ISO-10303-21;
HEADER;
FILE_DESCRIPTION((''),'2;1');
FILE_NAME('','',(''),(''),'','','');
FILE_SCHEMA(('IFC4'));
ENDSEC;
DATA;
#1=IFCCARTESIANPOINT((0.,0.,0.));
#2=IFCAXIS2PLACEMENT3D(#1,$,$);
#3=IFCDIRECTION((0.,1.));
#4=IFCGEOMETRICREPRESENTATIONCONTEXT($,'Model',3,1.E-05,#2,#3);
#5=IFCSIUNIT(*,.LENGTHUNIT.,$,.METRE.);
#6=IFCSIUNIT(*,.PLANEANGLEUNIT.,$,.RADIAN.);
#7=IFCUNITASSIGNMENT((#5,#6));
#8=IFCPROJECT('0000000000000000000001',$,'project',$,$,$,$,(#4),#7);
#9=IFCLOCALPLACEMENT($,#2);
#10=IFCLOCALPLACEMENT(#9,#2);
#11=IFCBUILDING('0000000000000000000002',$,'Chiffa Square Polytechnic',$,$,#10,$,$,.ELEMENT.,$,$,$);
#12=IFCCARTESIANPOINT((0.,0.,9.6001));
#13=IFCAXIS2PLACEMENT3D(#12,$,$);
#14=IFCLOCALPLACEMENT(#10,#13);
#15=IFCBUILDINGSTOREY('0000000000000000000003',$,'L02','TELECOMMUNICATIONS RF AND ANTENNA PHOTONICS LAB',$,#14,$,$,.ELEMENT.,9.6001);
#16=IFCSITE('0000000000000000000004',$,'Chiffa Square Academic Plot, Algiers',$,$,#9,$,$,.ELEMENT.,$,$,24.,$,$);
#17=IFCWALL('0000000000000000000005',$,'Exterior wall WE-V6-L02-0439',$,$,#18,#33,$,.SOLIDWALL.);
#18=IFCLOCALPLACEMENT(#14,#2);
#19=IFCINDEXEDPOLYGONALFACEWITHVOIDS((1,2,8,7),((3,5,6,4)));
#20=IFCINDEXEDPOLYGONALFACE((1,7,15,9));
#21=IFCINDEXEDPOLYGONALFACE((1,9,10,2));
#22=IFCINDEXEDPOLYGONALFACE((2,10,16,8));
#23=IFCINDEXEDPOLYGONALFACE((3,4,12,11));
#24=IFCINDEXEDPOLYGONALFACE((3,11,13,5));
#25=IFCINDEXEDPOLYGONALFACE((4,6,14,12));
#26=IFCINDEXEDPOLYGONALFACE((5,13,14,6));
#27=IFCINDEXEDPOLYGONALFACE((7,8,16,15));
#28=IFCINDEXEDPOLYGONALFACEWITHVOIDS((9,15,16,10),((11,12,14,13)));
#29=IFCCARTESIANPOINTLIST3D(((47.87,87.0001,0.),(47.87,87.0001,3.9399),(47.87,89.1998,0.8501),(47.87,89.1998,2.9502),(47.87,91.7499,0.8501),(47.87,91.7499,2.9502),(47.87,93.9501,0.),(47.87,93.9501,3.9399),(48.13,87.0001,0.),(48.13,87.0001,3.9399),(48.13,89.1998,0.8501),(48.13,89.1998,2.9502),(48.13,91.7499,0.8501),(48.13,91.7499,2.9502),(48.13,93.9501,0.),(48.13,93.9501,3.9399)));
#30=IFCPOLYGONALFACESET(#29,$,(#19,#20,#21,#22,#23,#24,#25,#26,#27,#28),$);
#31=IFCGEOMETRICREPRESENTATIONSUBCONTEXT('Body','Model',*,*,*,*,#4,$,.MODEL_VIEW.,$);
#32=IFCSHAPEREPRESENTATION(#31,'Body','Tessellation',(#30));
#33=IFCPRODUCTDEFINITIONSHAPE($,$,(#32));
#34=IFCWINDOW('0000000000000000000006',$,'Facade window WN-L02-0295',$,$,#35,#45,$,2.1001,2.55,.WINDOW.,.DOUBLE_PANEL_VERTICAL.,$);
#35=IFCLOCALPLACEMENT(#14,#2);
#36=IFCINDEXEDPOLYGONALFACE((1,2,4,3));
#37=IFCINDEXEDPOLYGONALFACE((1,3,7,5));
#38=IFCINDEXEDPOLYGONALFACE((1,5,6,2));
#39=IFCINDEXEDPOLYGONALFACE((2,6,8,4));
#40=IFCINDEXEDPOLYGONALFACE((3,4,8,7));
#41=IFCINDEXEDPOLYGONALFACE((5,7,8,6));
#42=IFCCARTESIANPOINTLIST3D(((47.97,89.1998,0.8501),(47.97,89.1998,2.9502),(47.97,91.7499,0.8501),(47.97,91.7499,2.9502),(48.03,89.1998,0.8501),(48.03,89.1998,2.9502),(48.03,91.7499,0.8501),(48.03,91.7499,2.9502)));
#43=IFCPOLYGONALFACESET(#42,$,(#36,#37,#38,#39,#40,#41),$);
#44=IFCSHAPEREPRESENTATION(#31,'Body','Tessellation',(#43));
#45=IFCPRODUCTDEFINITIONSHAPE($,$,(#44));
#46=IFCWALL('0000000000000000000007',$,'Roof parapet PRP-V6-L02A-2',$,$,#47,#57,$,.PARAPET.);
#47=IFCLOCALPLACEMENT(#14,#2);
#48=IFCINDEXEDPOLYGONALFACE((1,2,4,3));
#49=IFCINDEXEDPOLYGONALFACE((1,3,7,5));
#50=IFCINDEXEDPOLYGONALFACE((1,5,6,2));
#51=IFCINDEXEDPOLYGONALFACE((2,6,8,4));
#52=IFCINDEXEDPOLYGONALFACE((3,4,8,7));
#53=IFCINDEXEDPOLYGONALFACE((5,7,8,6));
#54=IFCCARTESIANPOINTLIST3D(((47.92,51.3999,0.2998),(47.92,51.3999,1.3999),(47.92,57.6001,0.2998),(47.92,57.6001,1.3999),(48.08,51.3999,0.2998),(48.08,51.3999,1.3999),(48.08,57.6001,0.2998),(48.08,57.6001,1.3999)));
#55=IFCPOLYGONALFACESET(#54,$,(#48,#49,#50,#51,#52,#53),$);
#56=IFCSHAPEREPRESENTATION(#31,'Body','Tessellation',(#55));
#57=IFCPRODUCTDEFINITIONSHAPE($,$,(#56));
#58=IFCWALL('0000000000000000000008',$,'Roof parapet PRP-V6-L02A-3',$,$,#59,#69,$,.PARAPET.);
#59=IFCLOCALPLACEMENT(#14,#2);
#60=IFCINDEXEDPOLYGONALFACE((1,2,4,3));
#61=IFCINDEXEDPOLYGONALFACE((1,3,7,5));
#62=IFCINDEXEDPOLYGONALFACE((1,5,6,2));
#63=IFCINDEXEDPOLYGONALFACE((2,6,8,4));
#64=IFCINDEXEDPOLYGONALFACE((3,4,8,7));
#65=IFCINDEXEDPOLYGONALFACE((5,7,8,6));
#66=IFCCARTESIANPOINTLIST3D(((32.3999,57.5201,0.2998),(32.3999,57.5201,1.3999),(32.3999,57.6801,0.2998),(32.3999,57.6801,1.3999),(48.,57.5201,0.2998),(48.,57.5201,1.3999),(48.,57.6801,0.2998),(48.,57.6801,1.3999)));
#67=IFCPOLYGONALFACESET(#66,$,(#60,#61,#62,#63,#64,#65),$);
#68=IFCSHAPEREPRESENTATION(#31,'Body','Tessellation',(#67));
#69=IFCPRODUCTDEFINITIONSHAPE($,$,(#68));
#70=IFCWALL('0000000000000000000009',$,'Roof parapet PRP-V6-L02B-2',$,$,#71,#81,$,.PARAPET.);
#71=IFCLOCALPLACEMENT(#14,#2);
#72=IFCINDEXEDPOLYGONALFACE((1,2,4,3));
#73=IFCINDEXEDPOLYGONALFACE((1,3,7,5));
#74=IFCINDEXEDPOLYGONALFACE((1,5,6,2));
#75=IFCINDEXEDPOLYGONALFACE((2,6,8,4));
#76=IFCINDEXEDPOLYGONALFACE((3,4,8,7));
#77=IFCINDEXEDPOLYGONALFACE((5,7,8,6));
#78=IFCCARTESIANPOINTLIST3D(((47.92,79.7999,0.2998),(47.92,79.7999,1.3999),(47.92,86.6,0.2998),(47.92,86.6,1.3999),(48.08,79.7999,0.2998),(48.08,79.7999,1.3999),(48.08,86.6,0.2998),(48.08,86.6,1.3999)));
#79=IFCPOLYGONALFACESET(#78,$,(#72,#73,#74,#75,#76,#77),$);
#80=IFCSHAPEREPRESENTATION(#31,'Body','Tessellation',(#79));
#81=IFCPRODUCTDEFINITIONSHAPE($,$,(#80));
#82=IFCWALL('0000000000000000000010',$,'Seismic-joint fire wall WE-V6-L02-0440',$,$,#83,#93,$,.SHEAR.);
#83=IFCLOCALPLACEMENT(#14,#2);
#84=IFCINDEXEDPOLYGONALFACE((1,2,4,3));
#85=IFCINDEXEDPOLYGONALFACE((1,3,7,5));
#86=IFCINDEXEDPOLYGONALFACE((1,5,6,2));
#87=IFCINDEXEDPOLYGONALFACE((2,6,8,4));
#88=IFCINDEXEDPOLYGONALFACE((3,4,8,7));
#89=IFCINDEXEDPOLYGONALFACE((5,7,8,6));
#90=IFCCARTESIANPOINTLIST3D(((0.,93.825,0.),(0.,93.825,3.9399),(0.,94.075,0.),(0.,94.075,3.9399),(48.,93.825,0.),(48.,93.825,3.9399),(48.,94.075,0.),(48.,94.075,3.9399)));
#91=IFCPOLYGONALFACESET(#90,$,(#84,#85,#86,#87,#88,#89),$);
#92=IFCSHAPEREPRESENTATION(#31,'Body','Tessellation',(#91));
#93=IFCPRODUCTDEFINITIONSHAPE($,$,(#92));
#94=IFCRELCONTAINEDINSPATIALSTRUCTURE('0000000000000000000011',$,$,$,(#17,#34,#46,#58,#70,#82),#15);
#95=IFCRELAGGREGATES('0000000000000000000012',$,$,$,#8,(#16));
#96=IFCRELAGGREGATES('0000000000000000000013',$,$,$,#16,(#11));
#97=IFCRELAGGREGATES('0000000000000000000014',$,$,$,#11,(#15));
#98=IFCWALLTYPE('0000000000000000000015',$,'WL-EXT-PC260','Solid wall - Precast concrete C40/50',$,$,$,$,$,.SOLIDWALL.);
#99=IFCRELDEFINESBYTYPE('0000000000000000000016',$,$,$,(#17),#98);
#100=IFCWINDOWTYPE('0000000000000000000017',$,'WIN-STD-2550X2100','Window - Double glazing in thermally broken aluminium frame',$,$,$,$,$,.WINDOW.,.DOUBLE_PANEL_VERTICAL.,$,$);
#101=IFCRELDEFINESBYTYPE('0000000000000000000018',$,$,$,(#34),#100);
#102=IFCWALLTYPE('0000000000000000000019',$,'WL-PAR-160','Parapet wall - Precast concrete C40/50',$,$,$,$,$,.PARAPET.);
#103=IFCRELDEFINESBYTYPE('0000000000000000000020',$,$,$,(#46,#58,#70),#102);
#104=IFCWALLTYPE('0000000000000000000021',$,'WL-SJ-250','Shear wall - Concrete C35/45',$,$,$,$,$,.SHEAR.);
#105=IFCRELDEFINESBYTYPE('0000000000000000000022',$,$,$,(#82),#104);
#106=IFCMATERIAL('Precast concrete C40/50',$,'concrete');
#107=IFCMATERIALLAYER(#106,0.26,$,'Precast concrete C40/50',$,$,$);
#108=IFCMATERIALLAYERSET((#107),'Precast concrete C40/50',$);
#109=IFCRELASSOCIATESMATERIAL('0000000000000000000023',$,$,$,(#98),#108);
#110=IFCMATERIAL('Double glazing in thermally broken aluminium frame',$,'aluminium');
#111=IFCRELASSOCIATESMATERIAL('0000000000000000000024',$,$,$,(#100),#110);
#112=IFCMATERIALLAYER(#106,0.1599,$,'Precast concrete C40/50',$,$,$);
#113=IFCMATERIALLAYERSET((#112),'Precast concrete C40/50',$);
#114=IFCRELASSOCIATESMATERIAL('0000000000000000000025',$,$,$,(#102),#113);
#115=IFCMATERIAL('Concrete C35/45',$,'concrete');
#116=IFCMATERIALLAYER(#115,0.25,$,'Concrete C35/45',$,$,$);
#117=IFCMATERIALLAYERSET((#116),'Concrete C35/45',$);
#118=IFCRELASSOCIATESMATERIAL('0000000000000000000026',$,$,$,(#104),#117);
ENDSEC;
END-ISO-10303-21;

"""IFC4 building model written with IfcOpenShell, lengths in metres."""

from ifc_helpers import new_model, si_unit, direction, frame, frame_2d, origin, place, context, subcontext, project, spatial, rectangle, extrude, material, layer, layer_set, type_object, element, fill, save


model = new_model("IFC4")

# Units and contexts
model_context = context("Model", 3, precision=1e-05, world=origin(), true_north=direction((0.0, 1.0)))
body_context = subcontext(model_context, "Body", "Model", "MODEL_VIEW")
ifc_project = project(units=[si_unit("LENGTHUNIT", "METRE"), si_unit("PLANEANGLEUNIT", "RADIAN")], contexts=[model_context])

# Site, building, storey
site_placement = place(None, origin())
site = spatial("IfcSite", under=ifc_project, at=site_placement, Name="Chiffa Square Academic Plot, Algiers", CompositionType="ELEMENT", RefElevation=24.0)
building_placement = place(site_placement, origin())
building = spatial("IfcBuilding", under=site, at=building_placement, Name="Chiffa Square Polytechnic", CompositionType="ELEMENT")
storey_placement = place(building_placement, frame((0.0, 0.0, 9.6001)))
storey = spatial("IfcBuildingStorey", under=building, at=storey_placement, Name="L02", Description="TELECOMMUNICATIONS RF AND ANTENNA PHOTONICS LAB", CompositionType="ELEMENT", Elevation=9.6001)

# Shared definitions
ifc_material_1 = material(Name="Concrete C35/45", Category="concrete")

# Shared definitions
ifc_material_2 = material(Name="Precast concrete C40/50", Category="concrete")
ifc_layer_1 = layer(ifc_material_2, 0.26, Name="Precast concrete C40/50")
ifc_layer_set_1 = layer_set([ifc_layer_1], Name="Precast concrete C40/50")
wall_type_1 = type_object("IfcWallType", Name="WL-EXT-PC260", Description="Solid wall - Precast concrete C40/50", PredefinedType="SOLIDWALL", material=ifc_layer_set_1)
ifc_material_3 = material(Name="Double glazing in thermally broken aluminium frame", Category="aluminium")

# Wall, opening, window
wall_1_placement = place(storey_placement, frame((48.0, 87.0, 0.0), z_axis=(0.0, 0.0, 1.0), x_axis=(0.0, 1.0, 0.0)))
wall_1 = element("IfcWall", 1, at=wall_1_placement, inside=storey, type_object=wall_type_1, Name="Exterior wall WE-V6-L02-0439", PredefinedType="SOLIDWALL", context=body_context, shape_type="SweptSolid", body=[
    extrude(rectangle(XDim=6.95, YDim=0.26, at=frame_2d((3.4751, 0.0))), origin(), (0.0, 0.0, 1.0), 3.9399),
])
opening_1_placement = place(wall_1_placement, frame((2.2, 0.0, 0.8501)))
opening_1 = element("IfcOpeningElement", 2, at=opening_1_placement, cuts=wall_1, PredefinedType="OPENING", context=body_context, shape_type="SweptSolid", body=[
    extrude(rectangle(XDim=2.55, YDim=2.1001, at=frame_2d((1.2749, 1.05))), frame((0.0, 0.1401, 0.0), z_axis=(0.0, -1.0, 0.0), x_axis=(1.0, 0.0, 0.0)), (0.0, 0.0, 1.0), 0.28),
])
window_type_1 = type_object("IfcWindowType", Name="WIN-STD-2550X2100", Description="Window - Double glazing in thermally broken aluminium frame", PartitioningType="DOUBLE_PANEL_VERTICAL", PredefinedType="WINDOW", material=ifc_material_3)
window_1_placement = place(opening_1_placement, origin())
window_1 = element("IfcWindow", 3, at=window_1_placement, inside=storey, type_object=window_type_1, Name="Facade window WN-L02-0295", OverallHeight=2.1001, OverallWidth=2.55, PartitioningType="DOUBLE_PANEL_VERTICAL", PredefinedType="WINDOW", context=body_context, shape_type="SweptSolid", body=[
    extrude(rectangle(XDim=2.55, YDim=2.1001, at=frame_2d((1.2749, 1.05))), frame((0.0, 0.03, 0.0), z_axis=(0.0, -1.0, 0.0), x_axis=(1.0, 0.0, 0.0)), (0.0, 0.0, 1.0), 0.0601),
])
fill(opening_1, window_1)

# Walls
ifc_layer_2 = layer(ifc_material_2, 0.1599, Name="Precast concrete C40/50")
ifc_layer_set_2 = layer_set([ifc_layer_2], Name="Precast concrete C40/50")
wall_type_2 = type_object("IfcWallType", Name="WL-PAR-160", Description="Parapet wall - Precast concrete C40/50", PredefinedType="PARAPET", material=ifc_layer_set_2)
wall_2_placement = place(storey_placement, frame((48.0, 51.3999, 0.2998), z_axis=(0.0, 0.0, 1.0), x_axis=(0.0, 1.0, 0.0)))
element("IfcWall", 4, at=wall_2_placement, inside=storey, type_object=wall_type_2, Name="Roof parapet PRP-V6-L02A-2", PredefinedType="PARAPET", context=body_context, shape_type="SweptSolid", body=[
    extrude(rectangle(XDim=6.2002, YDim=0.1599, at=frame_2d((3.1001, 0.0))), origin(), (0.0, 0.0, 1.0), 1.1001),
])
wall_3_placement = place(storey_placement, frame((48.0, 57.6001, 0.2998), z_axis=(0.0, 0.0, 1.0), x_axis=(-1.0, 0.0, 0.0)))
element("IfcWall", 5, at=wall_3_placement, inside=storey, type_object=wall_type_2, Name="Roof parapet PRP-V6-L02A-3", PredefinedType="PARAPET", context=body_context, shape_type="SweptSolid", body=[
    extrude(rectangle(XDim=15.6001, YDim=0.1599, at=frame_2d((7.8, 0.0))), origin(), (0.0, 0.0, 1.0), 1.1001),
])
wall_4_placement = place(storey_placement, frame((48.0, 79.8, 0.2998), z_axis=(0.0, 0.0, 1.0), x_axis=(0.0, 1.0, 0.0)))
element("IfcWall", 6, at=wall_4_placement, inside=storey, type_object=wall_type_2, Name="Roof parapet PRP-V6-L02B-2", PredefinedType="PARAPET", context=body_context, shape_type="SweptSolid", body=[
    extrude(rectangle(XDim=6.8, YDim=0.1599, at=frame_2d((3.3999, 0.0))), origin(), (0.0, 0.0, 1.0), 1.1001),
])
ifc_layer_3 = layer(ifc_material_1, 0.25, Name="Concrete C35/45")
ifc_layer_set_3 = layer_set([ifc_layer_3], Name="Concrete C35/45")
wall_type_3 = type_object("IfcWallType", Name="WL-SJ-250", Description="Shear wall - Concrete C35/45", PredefinedType="SHEAR", material=ifc_layer_set_3)
wall_5_placement = place(storey_placement, frame((48.0, 93.95, 0.0), z_axis=(0.0, 0.0, 1.0), x_axis=(-1.0, 0.0, 0.0)))
element("IfcWall", 7, at=wall_5_placement, inside=storey, type_object=wall_type_3, Name="Seismic-joint fire wall WE-V6-L02-0440", PredefinedType="SHEAR", context=body_context, shape_type="SweptSolid", body=[
    extrude(rectangle(XDim=48.0, YDim=0.25, at=frame_2d((24.0, 0.0))), origin(), (0.0, 0.0, 1.0), 3.9399),
])

save(model, "model.ifc")
